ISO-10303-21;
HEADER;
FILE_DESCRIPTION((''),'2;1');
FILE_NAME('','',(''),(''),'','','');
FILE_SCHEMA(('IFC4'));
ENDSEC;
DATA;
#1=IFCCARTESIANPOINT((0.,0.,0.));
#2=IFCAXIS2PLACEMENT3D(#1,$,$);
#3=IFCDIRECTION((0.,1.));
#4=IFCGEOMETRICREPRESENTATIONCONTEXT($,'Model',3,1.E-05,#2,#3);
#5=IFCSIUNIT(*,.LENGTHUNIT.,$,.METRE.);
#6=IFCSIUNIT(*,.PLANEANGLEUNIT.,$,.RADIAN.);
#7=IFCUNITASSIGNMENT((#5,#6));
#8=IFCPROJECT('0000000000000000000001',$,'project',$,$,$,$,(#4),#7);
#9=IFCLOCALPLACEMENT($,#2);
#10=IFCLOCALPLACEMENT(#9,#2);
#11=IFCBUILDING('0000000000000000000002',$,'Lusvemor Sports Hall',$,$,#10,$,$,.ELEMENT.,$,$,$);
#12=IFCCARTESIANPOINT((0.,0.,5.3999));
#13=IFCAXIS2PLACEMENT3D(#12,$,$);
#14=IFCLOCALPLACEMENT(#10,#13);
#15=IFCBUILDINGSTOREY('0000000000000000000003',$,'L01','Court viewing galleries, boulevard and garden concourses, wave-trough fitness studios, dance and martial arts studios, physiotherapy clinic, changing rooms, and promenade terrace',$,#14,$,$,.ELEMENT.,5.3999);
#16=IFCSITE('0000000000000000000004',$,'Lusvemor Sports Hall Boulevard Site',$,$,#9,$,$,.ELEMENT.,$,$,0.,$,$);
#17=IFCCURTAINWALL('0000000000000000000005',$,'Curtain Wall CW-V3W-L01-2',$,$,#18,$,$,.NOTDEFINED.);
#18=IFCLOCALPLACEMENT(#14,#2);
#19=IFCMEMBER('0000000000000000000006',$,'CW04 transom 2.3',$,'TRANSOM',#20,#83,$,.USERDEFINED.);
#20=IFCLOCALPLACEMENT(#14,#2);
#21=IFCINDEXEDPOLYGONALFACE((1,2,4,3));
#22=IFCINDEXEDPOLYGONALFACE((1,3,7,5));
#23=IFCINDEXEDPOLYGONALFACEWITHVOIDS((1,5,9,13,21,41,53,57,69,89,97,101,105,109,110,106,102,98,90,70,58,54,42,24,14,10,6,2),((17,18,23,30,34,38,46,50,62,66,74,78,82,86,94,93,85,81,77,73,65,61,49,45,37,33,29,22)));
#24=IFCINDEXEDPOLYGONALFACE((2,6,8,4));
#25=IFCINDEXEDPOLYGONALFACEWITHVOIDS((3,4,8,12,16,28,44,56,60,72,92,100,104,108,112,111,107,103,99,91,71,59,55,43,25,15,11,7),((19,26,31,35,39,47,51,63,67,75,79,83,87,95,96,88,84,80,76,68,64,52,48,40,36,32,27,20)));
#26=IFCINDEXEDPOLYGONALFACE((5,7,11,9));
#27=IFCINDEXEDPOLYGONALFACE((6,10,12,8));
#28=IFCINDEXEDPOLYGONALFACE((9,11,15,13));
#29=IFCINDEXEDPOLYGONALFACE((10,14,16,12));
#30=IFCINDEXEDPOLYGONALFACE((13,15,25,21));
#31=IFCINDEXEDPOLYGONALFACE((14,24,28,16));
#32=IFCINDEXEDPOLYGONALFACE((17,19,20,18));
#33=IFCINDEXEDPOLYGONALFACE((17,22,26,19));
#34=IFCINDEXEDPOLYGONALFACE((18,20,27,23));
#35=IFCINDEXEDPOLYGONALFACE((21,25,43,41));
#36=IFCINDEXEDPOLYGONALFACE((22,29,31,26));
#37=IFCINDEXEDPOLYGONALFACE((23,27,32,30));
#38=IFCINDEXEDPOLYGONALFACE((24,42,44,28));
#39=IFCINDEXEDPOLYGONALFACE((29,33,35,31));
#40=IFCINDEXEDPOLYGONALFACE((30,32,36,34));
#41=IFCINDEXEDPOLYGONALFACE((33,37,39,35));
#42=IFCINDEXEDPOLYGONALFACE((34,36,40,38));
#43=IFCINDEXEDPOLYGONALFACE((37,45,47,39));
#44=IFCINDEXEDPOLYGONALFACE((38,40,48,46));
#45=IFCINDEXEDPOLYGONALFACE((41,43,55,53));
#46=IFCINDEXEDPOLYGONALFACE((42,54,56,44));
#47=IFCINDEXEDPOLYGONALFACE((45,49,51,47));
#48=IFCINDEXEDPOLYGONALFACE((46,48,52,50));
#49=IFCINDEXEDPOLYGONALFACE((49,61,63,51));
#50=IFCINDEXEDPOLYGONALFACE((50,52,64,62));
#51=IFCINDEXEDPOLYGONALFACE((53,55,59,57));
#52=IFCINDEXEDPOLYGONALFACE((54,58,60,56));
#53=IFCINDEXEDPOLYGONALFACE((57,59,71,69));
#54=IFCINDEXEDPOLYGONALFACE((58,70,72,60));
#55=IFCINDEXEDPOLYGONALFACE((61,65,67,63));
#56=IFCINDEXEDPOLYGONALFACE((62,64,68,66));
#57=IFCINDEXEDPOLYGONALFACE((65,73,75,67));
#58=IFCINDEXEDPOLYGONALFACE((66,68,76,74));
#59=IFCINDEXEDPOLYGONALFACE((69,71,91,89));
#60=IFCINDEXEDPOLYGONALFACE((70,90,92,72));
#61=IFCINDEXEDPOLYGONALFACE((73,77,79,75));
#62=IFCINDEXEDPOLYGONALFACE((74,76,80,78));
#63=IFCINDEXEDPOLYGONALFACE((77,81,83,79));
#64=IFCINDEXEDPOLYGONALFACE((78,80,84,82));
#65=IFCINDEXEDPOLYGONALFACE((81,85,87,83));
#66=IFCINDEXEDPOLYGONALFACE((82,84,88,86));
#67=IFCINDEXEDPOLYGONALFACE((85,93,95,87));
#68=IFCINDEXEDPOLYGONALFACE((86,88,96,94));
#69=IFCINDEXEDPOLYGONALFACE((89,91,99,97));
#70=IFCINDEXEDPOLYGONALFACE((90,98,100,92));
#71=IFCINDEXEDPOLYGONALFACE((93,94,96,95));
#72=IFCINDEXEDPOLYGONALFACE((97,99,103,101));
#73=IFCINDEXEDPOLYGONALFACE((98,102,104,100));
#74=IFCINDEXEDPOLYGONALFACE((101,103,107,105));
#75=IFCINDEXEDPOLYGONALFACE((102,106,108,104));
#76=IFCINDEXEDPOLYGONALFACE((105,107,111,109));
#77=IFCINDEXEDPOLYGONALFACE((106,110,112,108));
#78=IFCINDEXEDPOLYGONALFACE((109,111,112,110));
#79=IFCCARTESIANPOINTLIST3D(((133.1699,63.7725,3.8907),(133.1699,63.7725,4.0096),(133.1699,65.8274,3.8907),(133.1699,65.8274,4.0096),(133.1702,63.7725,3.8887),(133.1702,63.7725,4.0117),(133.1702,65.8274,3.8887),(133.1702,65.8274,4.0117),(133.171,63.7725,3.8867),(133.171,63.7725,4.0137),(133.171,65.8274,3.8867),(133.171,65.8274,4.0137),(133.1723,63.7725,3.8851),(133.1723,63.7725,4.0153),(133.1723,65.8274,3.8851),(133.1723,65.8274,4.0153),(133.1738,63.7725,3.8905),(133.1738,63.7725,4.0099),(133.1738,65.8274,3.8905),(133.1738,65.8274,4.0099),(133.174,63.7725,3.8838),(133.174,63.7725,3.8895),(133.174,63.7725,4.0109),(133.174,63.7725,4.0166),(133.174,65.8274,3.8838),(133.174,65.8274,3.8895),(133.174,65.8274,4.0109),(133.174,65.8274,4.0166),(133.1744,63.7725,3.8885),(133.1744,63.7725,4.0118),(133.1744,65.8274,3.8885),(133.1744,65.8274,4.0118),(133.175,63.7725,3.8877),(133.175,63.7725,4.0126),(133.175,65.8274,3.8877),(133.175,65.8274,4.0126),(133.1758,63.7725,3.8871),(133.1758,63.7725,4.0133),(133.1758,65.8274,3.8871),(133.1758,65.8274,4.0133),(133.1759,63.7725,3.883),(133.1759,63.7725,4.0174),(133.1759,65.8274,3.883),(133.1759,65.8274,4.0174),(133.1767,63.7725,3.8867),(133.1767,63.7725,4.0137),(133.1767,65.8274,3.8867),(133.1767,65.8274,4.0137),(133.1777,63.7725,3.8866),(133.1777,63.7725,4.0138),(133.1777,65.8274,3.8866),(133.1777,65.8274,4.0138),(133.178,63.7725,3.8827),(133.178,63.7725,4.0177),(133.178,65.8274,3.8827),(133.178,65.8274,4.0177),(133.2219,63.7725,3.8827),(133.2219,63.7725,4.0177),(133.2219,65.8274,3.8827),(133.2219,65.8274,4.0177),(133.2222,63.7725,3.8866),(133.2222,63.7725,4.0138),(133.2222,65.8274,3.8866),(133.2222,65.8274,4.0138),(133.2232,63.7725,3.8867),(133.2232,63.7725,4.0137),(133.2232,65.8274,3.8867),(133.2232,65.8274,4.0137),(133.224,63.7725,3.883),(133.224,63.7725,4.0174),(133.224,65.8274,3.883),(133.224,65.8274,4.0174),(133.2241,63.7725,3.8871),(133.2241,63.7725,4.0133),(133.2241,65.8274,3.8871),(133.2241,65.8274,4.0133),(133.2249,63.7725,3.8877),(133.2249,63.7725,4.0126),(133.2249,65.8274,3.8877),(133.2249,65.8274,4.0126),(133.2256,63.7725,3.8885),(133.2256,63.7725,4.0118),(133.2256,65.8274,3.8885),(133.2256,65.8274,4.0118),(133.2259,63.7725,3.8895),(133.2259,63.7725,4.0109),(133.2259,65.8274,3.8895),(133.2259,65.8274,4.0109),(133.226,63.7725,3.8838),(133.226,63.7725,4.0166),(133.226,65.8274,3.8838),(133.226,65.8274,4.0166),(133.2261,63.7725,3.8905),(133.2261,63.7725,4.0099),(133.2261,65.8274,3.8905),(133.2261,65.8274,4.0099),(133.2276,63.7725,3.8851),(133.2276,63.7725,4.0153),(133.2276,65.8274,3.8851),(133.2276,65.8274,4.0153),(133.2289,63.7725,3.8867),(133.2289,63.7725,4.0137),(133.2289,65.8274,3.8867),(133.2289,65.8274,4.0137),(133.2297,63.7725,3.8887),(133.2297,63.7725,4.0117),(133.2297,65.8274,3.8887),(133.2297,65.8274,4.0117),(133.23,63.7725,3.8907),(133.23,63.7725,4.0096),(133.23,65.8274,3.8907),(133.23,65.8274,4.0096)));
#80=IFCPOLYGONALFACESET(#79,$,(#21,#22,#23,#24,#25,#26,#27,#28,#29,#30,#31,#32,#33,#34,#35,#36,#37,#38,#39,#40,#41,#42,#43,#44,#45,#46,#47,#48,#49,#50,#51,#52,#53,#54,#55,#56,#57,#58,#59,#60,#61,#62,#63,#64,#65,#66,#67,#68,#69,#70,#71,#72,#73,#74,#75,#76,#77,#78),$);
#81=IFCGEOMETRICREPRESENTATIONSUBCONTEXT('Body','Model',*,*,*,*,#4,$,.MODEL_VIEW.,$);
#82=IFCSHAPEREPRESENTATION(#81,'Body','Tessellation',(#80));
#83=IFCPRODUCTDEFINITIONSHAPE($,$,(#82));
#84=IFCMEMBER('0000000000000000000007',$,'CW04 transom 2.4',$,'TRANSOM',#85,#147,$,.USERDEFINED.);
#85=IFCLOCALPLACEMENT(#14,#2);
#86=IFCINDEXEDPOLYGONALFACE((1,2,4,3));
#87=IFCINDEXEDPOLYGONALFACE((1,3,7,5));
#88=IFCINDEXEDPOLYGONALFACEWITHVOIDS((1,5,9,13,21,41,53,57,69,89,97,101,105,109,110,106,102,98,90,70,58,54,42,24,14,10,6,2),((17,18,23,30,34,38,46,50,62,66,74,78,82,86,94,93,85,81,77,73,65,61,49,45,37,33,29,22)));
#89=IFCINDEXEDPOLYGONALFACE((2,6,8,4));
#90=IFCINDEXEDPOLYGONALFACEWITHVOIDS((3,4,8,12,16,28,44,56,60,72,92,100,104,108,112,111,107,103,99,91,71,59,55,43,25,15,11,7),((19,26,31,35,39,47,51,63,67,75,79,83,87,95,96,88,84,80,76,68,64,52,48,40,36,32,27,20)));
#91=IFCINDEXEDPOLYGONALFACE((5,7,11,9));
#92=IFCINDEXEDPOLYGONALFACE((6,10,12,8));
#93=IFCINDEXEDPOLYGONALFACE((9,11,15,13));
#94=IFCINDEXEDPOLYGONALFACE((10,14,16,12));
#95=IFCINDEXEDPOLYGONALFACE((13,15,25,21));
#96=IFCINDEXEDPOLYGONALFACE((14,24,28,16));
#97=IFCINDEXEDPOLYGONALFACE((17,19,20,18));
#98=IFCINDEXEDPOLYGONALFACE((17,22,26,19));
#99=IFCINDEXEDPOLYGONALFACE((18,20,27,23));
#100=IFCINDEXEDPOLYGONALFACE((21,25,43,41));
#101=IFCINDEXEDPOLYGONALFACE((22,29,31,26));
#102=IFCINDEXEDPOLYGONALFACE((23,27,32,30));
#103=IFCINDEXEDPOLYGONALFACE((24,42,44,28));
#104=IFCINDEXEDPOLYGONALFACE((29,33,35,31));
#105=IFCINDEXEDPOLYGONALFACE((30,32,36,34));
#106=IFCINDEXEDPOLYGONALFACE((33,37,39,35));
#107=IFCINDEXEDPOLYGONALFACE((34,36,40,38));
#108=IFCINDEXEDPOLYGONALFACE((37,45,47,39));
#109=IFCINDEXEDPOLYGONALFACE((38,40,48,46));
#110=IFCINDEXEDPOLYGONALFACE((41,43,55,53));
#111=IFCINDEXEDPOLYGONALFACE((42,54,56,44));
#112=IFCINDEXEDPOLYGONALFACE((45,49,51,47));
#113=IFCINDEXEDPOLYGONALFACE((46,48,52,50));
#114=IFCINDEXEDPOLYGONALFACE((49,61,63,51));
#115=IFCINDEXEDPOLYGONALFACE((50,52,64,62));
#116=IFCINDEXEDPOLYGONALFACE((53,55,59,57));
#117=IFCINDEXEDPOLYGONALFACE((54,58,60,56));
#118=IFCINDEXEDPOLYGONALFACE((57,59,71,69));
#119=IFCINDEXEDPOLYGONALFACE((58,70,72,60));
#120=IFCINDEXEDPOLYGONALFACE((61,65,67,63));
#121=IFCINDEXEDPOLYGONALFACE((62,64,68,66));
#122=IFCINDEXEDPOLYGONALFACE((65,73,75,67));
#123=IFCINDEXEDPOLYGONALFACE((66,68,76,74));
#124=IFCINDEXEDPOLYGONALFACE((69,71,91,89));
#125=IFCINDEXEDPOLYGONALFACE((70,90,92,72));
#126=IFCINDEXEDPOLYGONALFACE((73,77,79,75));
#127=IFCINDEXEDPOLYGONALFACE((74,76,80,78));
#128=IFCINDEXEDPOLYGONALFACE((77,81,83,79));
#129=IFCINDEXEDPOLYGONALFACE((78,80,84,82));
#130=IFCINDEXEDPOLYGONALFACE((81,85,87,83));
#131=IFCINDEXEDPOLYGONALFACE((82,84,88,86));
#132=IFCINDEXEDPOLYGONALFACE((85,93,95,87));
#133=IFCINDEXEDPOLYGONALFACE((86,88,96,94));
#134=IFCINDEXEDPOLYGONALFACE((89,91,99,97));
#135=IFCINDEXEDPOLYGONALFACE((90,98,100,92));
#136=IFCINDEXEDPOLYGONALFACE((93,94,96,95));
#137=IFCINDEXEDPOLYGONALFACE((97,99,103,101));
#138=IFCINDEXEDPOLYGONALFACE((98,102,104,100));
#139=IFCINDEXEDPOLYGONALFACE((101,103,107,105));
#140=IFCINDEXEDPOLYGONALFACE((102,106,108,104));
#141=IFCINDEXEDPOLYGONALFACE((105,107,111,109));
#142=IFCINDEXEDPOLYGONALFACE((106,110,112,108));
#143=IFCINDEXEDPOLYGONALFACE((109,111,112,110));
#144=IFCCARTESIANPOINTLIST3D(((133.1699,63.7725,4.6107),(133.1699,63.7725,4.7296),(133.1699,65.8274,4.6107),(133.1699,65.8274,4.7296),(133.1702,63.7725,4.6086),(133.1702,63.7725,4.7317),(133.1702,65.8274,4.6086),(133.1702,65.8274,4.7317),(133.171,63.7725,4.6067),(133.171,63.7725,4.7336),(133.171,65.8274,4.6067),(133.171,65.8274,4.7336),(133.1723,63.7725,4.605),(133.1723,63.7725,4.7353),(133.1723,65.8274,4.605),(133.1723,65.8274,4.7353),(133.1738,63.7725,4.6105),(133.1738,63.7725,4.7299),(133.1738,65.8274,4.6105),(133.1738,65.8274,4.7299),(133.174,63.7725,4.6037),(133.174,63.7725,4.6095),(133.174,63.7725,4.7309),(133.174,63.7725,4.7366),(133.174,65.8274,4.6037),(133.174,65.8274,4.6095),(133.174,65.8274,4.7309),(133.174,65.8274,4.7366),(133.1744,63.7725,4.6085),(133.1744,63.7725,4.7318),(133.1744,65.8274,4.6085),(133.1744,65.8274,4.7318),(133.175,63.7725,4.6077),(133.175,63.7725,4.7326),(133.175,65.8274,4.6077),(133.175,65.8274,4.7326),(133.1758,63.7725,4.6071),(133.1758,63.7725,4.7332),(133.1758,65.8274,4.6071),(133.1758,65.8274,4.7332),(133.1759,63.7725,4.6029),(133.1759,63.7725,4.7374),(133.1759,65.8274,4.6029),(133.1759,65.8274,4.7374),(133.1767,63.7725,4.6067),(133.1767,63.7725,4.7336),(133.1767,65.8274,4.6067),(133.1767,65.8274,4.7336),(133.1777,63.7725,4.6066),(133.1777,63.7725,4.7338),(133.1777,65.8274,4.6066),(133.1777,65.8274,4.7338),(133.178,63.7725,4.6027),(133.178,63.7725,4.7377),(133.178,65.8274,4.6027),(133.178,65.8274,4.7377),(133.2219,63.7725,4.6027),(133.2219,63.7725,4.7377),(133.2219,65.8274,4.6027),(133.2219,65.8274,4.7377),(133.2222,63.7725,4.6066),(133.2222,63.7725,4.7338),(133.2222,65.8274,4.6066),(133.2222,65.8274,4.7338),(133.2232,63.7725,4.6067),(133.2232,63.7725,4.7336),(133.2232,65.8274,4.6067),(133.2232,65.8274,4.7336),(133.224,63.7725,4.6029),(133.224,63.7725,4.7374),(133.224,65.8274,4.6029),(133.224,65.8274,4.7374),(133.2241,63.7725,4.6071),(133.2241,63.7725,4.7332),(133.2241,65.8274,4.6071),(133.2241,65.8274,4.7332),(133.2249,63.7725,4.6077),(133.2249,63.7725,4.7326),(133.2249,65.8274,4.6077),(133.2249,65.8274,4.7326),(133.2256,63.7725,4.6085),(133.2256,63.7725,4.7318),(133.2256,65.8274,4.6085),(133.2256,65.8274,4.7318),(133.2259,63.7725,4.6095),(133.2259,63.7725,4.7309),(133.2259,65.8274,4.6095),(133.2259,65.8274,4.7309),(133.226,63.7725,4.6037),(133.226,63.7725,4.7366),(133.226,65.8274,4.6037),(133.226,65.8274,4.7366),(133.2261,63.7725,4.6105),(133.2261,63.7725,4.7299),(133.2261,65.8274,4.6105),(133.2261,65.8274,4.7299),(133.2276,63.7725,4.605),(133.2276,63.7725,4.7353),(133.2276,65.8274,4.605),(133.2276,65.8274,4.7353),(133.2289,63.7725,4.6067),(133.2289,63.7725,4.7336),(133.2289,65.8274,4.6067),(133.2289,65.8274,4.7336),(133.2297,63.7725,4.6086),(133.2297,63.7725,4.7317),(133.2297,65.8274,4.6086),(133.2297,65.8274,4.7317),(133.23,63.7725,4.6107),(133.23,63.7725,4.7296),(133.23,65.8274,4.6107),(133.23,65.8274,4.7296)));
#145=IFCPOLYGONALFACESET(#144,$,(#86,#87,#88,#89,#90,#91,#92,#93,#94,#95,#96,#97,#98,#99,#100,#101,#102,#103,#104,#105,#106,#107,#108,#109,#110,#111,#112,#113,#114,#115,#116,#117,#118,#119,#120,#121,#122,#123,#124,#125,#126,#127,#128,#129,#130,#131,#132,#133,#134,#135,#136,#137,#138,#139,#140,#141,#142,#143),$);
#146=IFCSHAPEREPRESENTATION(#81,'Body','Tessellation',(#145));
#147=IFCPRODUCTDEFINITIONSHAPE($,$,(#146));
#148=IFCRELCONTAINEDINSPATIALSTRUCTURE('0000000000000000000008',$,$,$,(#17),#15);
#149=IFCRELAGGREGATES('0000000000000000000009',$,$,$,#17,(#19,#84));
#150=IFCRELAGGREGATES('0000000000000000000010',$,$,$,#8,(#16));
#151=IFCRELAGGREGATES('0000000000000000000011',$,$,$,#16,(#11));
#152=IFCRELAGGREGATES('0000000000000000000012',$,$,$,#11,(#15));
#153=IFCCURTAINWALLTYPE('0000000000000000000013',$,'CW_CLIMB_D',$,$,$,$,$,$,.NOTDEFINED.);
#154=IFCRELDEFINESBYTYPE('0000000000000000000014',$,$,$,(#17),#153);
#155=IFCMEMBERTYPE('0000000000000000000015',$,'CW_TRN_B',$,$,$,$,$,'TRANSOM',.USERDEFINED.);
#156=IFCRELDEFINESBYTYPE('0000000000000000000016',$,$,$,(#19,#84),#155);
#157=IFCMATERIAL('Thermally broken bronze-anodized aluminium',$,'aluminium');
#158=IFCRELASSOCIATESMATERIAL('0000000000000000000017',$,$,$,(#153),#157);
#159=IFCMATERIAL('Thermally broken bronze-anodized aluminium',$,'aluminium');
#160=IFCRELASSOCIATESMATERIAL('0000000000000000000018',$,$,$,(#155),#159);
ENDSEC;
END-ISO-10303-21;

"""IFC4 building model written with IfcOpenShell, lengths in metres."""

from ifc_helpers import new_model, si_unit, direction, frame, origin, origin_2d, place, context, subcontext, project, spatial, hollow_rectangle, extrude, material, material_profile, profile_set, type_object, element, aggregate, save


model = new_model("IFC4")

# Units and contexts
model_context = context("Model", 3, precision=1e-05, world=origin(), true_north=direction((0.0, 1.0)))
body_context = subcontext(model_context, "Body", "Model", "MODEL_VIEW")
ifc_project = project(units=[si_unit("LENGTHUNIT", "METRE"), si_unit("PLANEANGLEUNIT", "RADIAN")], contexts=[model_context])

# Site, building, storey
site_placement = place(None, origin())
site = spatial("IfcSite", under=ifc_project, at=site_placement, Name="Lusvemor Sports Hall Boulevard Site", CompositionType="ELEMENT", RefElevation=0.0)
building_placement = place(site_placement, origin())
building = spatial("IfcBuilding", under=site, at=building_placement, Name="Lusvemor Sports Hall", CompositionType="ELEMENT")
storey_placement = place(building_placement, frame((0.0, 0.0, 5.3999)))
storey = spatial("IfcBuildingStorey", under=building, at=storey_placement, Name="L01", Description="Court viewing galleries, boulevard and garden concourses, wave-trough fitness studios, dance and martial arts studios, physiotherapy clinic, changing rooms, and promenade terrace", CompositionType="ELEMENT", Elevation=5.3999)

# Shared definitions
ifc_material_1 = material(Name="Thermally broken bronze-anodized aluminium", Category="aluminium")
curtain_wall_type = type_object("IfcCurtainWallType", Name="CW_CLIMB_D", PredefinedType="NOTDEFINED", material=ifc_material_1)

# Curtain wall, members
curtain_wall_1_placement = place(storey_placement, origin())
curtain_wall_1 = element("IfcCurtainWall", 1, at=curtain_wall_1_placement, inside=storey, type_object=curtain_wall_type, Name="Curtain Wall CW-V3W-L01-2", PredefinedType="NOTDEFINED")
ifc_material_2 = material(Name="Thermally broken bronze-anodized aluminium", Category="aluminium")
ifc_material_profile_1 = material_profile(ifc_material_2, hollow_rectangle(XDim=0.0601, YDim=0.135, WallThickness=0.0039, InnerFilletRadius=0.0039, OuterFilletRadius=0.0081, at=origin_2d()), Name="CWTRN135x60x4")
ifc_profile_set_1 = profile_set([ifc_material_profile_1], Name="Thermally broken bronze-anodized aluminium")
member_type_1 = type_object("IfcMemberType", Name="CW_TRN_B", ElementType="TRANSOM", PredefinedType="USERDEFINED", material=ifc_profile_set_1)
member_1_placement = place(storey_placement, frame((133.2, 63.7725, 3.9502), z_axis=(0.0, 1.0, 0.0), x_axis=(-1.0, 0.0, 0.0)))
member_1 = element("IfcMember", 2, at=member_1_placement, type_object=member_type_1, Name="CW04 transom 2.3", ObjectType="TRANSOM", PredefinedType="USERDEFINED", context=body_context, shape_type="SweptSolid", body=[
    extrude(hollow_rectangle(XDim=0.0601, YDim=0.135, WallThickness=0.0039, InnerFilletRadius=0.0039, OuterFilletRadius=0.0081, at=origin_2d()), origin(), (0.0, 0.0, 1.0), 2.0549),
])
member_2_placement = place(storey_placement, frame((133.2, 63.7725, 4.6702), z_axis=(0.0, 1.0, 0.0), x_axis=(-1.0, 0.0, 0.0)))
member_2 = element("IfcMember", 3, at=member_2_placement, type_object=member_type_1, Name="CW04 transom 2.4", ObjectType="TRANSOM", PredefinedType="USERDEFINED", context=body_context, shape_type="SweptSolid", body=[
    extrude(hollow_rectangle(XDim=0.0601, YDim=0.135, WallThickness=0.0039, InnerFilletRadius=0.0039, OuterFilletRadius=0.0081, at=origin_2d()), origin(), (0.0, 0.0, 1.0), 2.0549),
])

aggregate(curtain_wall_1, [member_1, member_2])

save(model, "model.ifc")
